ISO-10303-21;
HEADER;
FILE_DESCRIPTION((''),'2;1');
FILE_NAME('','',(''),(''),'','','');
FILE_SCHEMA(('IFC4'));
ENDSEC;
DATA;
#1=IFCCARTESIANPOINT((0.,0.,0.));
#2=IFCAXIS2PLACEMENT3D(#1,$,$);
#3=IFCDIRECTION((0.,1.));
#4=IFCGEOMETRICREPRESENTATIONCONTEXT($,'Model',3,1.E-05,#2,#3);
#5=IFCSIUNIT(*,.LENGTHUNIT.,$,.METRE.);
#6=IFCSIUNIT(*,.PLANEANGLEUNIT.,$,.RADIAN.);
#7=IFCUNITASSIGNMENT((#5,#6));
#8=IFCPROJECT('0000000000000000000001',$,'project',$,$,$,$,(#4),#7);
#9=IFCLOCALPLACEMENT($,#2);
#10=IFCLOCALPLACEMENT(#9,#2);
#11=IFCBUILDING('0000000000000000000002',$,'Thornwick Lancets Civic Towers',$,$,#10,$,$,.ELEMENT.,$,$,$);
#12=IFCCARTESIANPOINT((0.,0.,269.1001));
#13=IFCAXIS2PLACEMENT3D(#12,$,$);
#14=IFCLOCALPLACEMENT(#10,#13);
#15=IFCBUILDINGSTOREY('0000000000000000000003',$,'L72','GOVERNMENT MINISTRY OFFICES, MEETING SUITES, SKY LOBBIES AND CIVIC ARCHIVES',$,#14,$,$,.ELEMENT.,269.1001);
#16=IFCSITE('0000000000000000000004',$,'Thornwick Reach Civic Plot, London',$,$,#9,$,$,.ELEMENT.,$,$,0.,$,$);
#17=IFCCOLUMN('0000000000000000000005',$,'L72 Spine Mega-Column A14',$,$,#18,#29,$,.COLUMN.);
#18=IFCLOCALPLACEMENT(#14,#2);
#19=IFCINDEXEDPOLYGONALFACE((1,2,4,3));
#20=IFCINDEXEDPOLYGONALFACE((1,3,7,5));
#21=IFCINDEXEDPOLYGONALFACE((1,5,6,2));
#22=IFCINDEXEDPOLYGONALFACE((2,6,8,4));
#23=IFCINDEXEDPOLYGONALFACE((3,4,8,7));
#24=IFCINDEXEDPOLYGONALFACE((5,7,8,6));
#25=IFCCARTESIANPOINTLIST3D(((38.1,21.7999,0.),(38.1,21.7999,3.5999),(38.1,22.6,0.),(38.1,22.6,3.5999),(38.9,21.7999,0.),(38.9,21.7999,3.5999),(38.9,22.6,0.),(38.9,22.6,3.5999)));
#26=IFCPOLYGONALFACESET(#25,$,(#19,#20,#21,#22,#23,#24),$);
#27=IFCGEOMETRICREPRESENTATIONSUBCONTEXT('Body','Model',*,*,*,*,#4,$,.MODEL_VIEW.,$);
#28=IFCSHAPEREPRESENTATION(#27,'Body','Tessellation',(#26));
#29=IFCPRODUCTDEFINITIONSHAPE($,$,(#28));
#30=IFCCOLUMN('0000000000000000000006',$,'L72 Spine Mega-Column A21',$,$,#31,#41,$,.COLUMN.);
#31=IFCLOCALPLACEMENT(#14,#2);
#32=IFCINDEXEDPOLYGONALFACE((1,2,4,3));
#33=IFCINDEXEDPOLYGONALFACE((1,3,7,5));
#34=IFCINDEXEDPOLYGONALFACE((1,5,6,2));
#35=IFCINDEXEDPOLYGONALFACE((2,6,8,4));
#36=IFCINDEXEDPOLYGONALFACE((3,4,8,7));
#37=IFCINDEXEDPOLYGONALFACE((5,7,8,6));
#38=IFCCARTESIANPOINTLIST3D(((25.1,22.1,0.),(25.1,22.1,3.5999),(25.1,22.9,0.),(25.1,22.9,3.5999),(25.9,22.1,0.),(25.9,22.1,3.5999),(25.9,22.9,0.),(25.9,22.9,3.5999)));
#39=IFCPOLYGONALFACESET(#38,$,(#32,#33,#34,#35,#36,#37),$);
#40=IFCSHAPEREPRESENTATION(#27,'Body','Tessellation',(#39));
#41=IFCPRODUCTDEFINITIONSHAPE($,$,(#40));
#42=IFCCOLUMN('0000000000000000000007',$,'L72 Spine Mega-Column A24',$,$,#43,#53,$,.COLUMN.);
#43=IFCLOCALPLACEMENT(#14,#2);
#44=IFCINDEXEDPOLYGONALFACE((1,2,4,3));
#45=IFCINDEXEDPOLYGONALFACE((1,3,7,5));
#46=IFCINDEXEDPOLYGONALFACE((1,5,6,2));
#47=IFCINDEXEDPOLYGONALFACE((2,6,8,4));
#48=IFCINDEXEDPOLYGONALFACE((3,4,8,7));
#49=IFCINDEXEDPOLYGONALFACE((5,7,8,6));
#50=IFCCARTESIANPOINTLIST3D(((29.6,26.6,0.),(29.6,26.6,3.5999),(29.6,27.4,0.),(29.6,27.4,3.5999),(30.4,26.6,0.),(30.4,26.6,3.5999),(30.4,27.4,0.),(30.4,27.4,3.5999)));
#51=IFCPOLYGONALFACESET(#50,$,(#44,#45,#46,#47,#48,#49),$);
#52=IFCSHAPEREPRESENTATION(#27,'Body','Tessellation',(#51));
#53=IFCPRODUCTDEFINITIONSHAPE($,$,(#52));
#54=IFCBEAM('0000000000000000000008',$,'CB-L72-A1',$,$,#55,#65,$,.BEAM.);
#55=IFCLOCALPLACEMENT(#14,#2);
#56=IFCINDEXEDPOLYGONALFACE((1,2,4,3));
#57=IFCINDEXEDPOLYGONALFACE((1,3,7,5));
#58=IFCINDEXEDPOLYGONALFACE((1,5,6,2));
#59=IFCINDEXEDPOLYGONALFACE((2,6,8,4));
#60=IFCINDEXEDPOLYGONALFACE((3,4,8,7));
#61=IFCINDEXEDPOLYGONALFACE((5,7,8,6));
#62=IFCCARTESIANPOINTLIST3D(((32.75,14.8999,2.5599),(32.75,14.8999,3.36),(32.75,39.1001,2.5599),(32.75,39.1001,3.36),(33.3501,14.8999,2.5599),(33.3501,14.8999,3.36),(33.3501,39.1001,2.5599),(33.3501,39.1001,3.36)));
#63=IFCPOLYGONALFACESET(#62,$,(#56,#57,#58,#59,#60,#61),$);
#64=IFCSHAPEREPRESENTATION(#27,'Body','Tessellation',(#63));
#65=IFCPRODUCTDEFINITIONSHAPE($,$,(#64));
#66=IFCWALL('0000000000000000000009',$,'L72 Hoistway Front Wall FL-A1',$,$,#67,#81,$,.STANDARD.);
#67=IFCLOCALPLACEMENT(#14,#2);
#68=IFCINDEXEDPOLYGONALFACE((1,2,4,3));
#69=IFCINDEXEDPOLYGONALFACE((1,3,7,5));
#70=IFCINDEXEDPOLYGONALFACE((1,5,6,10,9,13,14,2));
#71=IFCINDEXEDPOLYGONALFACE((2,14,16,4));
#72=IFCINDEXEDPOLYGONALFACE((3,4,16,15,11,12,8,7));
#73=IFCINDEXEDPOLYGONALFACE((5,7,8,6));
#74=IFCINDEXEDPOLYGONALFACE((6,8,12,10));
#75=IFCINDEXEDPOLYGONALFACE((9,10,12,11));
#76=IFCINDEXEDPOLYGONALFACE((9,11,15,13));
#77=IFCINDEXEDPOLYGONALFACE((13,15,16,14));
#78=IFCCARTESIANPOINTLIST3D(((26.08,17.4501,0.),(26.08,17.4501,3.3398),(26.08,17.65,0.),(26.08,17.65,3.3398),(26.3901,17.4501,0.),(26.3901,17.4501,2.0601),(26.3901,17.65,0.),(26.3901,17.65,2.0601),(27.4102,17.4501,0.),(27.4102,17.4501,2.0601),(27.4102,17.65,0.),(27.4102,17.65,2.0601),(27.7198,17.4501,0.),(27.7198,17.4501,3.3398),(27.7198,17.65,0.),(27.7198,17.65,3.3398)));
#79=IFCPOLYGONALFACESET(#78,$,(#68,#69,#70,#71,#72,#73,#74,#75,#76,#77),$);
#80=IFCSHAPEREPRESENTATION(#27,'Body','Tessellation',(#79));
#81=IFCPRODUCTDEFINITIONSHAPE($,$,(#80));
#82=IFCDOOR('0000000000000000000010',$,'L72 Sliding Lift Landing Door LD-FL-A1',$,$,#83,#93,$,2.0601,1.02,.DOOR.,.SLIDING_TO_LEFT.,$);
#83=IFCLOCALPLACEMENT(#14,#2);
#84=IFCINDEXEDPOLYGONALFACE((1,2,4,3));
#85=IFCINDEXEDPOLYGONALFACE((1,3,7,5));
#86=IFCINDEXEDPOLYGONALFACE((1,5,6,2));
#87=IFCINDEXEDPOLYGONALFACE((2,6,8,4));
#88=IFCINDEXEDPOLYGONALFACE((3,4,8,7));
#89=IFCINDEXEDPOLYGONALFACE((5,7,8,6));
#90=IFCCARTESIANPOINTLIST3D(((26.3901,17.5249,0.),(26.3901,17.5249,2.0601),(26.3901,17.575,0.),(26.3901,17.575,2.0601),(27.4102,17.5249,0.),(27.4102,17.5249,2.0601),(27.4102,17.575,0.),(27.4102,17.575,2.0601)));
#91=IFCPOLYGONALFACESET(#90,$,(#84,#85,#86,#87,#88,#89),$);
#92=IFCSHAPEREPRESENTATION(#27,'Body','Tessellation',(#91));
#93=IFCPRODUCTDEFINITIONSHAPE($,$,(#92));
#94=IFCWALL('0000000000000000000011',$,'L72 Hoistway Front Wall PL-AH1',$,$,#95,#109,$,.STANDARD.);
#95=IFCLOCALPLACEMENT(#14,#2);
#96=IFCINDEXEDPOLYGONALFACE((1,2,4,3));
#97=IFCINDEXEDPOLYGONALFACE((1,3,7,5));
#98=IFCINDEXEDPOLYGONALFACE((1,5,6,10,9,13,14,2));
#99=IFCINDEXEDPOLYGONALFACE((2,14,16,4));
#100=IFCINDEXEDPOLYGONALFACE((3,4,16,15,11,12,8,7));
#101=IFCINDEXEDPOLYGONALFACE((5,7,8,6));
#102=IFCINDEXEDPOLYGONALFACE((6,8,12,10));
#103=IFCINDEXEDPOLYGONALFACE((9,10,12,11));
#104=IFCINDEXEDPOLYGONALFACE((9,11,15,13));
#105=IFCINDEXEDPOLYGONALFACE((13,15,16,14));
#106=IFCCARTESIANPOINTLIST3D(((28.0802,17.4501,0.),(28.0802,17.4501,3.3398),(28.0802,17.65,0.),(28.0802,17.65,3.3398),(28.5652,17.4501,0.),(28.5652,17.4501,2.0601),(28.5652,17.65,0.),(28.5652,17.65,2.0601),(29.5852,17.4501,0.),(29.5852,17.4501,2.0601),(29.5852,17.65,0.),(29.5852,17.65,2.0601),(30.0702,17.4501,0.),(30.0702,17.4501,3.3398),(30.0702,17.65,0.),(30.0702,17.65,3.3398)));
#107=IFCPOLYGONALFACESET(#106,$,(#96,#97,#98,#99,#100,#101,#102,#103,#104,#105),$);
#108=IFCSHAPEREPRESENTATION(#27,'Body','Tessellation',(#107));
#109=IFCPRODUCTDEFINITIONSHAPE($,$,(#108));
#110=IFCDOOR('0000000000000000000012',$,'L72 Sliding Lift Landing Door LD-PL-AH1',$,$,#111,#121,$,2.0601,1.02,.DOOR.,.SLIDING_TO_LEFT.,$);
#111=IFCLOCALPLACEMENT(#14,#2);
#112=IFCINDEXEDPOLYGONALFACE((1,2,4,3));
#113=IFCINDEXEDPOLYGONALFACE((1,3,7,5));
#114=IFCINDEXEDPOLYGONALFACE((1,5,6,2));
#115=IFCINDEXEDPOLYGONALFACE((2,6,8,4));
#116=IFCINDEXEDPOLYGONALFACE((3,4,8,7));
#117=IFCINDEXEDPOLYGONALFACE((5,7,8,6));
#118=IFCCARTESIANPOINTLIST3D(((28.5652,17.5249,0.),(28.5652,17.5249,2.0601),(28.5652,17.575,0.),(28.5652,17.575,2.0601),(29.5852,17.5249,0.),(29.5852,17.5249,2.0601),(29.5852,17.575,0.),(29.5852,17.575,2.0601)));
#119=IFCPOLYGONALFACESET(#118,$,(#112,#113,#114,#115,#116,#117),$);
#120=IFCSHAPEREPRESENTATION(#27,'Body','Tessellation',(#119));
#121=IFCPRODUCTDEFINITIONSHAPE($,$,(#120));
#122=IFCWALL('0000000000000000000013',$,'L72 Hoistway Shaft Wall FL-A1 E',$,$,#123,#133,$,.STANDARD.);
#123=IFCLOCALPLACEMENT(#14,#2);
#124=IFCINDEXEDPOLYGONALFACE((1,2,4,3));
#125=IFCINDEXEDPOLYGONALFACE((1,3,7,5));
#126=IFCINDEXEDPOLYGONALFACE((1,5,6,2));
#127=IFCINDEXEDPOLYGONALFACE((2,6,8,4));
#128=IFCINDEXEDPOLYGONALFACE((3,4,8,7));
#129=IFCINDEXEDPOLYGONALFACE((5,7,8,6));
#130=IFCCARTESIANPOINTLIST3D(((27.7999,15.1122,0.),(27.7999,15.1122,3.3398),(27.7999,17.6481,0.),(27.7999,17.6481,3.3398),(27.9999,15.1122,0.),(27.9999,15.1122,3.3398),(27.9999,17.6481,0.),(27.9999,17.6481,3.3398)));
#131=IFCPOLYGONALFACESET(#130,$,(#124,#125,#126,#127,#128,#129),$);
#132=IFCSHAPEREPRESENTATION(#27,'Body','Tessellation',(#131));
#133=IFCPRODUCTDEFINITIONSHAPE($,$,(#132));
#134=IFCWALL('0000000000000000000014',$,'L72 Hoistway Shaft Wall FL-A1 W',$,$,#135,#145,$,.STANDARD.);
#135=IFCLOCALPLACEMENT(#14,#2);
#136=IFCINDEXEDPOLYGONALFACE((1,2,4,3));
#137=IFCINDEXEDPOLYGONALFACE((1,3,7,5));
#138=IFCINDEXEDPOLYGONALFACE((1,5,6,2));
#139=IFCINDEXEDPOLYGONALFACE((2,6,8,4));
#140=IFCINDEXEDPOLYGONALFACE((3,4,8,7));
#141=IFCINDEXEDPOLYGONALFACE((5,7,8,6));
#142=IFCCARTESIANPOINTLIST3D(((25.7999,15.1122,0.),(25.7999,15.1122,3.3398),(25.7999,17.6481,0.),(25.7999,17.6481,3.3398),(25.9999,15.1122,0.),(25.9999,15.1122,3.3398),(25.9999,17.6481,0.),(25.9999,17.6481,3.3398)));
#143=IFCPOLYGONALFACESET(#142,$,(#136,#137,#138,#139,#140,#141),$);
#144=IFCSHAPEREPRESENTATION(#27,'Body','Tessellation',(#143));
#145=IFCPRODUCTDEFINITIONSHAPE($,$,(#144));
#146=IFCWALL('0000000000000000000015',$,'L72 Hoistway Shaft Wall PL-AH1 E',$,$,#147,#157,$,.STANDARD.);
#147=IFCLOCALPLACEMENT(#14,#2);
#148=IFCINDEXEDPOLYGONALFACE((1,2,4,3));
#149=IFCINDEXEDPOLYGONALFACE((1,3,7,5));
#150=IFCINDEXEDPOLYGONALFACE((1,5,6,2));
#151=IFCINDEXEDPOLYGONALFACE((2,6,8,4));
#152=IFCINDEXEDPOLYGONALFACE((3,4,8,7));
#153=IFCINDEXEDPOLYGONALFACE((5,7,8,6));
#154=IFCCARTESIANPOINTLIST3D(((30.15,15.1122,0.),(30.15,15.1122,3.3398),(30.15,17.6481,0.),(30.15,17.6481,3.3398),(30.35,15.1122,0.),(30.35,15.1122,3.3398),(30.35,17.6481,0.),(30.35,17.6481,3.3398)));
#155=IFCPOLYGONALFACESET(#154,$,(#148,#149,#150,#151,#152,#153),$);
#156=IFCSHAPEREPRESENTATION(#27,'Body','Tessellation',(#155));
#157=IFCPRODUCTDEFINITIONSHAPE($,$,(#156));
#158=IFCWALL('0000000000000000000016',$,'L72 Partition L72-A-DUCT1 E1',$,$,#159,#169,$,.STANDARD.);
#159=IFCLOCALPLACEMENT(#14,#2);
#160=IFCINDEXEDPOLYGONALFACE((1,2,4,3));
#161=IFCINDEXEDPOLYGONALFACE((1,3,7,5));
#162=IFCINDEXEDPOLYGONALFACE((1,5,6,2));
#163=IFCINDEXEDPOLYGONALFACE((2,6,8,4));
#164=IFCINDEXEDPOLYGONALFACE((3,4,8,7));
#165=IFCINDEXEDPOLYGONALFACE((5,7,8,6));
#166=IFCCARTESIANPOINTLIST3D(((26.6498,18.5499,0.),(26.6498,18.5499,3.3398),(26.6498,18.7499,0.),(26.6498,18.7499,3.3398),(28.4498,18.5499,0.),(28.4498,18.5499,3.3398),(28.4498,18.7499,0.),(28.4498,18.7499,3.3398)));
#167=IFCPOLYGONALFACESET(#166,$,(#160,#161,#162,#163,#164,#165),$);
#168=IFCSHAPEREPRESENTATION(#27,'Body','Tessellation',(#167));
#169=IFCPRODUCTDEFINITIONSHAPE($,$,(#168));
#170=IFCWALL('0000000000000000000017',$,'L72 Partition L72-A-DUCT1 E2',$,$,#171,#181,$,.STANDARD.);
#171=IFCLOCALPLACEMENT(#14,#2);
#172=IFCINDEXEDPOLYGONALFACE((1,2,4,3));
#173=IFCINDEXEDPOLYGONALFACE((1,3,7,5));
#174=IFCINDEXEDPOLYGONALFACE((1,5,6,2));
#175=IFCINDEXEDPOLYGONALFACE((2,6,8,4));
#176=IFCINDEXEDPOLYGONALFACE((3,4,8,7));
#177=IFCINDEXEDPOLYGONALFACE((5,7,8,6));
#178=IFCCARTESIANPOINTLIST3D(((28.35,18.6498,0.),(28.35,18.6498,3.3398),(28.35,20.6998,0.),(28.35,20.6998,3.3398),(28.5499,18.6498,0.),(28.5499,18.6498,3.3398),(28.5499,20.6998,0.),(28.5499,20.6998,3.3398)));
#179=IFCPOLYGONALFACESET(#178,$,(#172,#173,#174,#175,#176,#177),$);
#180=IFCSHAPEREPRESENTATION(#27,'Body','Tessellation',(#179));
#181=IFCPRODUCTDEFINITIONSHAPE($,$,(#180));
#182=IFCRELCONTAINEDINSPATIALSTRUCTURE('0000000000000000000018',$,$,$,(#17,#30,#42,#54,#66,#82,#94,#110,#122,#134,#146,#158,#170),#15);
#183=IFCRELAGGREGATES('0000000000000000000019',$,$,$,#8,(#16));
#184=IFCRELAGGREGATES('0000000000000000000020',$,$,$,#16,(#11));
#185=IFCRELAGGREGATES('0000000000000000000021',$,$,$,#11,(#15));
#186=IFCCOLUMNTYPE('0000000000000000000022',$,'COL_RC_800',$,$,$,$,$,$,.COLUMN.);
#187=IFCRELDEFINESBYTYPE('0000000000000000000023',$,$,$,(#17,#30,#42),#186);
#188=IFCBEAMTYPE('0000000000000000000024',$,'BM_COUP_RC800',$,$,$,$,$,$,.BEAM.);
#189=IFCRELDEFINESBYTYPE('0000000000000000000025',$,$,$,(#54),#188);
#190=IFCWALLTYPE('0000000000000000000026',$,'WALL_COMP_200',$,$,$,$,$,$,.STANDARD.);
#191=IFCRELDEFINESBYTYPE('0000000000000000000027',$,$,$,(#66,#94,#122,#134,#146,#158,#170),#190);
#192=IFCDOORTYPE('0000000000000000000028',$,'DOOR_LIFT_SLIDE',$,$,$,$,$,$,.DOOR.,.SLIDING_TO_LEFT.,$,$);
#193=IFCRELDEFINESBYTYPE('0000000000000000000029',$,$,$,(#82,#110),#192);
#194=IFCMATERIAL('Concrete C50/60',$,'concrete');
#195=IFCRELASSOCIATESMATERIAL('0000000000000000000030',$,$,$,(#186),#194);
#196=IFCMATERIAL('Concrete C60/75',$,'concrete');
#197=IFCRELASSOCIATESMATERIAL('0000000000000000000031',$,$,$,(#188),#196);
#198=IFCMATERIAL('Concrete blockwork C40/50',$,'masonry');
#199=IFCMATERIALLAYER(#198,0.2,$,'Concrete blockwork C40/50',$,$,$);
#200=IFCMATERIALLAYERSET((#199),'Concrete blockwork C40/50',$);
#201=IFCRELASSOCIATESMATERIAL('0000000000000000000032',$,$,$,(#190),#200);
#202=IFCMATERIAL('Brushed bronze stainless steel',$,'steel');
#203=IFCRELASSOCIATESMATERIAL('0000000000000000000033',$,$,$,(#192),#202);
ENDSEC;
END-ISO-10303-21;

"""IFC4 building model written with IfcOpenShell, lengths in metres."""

from ifc_helpers import new_model, si_unit, direction, frame, frame_2d, origin, origin_2d, place, context, subcontext, project, spatial, rectangle, extrude, material, layer, layer_set, material_profile, profile_set, type_object, element, fill, save


model = new_model("IFC4")

# Units and contexts
model_context = context("Model", 3, precision=1e-05, world=origin(), true_north=direction((0.0, 1.0)))
body_context = subcontext(model_context, "Body", "Model", "MODEL_VIEW")
ifc_project = project(units=[si_unit("LENGTHUNIT", "METRE"), si_unit("PLANEANGLEUNIT", "RADIAN")], contexts=[model_context])

# Site, building, storey
site_placement = place(None, origin())
site = spatial("IfcSite", under=ifc_project, at=site_placement, Name="Thornwick Reach Civic Plot, London", CompositionType="ELEMENT", RefElevation=0.0)
building_placement = place(site_placement, origin())
building = spatial("IfcBuilding", under=site, at=building_placement, Name="Thornwick Lancets Civic Towers", CompositionType="ELEMENT")
storey_placement = place(building_placement, frame((0.0, 0.0, 269.1001)))
storey = spatial("IfcBuildingStorey", under=building, at=storey_placement, Name="L72", Description="GOVERNMENT MINISTRY OFFICES, MEETING SUITES, SKY LOBBIES AND CIVIC ARCHIVES", CompositionType="ELEMENT", Elevation=269.1001)

# Columns
ifc_material_1 = material(Name="Concrete C50/60", Category="concrete")
ifc_material_profile_1 = material_profile(ifc_material_1, rectangle(XDim=0.8, YDim=0.8, at=origin_2d()), Name="RC 800x800")
ifc_profile_set_1 = profile_set([ifc_material_profile_1], Name="Concrete C50/60")
column_type = type_object("IfcColumnType", Name="COL_RC_800", PredefinedType="COLUMN", material=ifc_profile_set_1)
for number, where, z_axis, x_axis, name in (
    (1, (38.5, 22.2, 0.0), (0.0, 0.0, 1.0), (1.0, 0.0, 0.0), "L72 Spine Mega-Column A14"),
    (2, (25.5, 22.5, 0.0), (0.0, 0.0, 1.0), (1.0, 0.0, 0.0), "L72 Spine Mega-Column A21"),
    (3, (30.0, 27.0, 0.0), (0.0, 0.0, 1.0), (1.0, 0.0, 0.0), "L72 Spine Mega-Column A24"),
):
    element("IfcColumn", number, at=place(storey_placement, frame(where, z_axis=z_axis, x_axis=x_axis)), inside=storey, type_object=column_type, Name=name, PredefinedType="COLUMN", context=body_context, shape_type="SweptSolid", body=[
        extrude(rectangle(XDim=0.8, YDim=0.8, at=origin_2d()), origin(), (0.0, 0.0, 1.0), 3.5999),
    ])

# Beam
ifc_material_2 = material(Name="Concrete C60/75", Category="concrete")
ifc_material_profile_2 = material_profile(ifc_material_2, rectangle(XDim=0.6001, YDim=0.8, at=origin_2d()), Name="RC 600x800")
ifc_profile_set_2 = profile_set([ifc_material_profile_2], Name="Concrete C60/75")
beam_type = type_object("IfcBeamType", Name="BM_COUP_RC800", PredefinedType="BEAM", material=ifc_profile_set_2)
beam_placement = place(storey_placement, frame((33.05, 14.8999, 2.96), z_axis=(0.0, 1.0, 0.0), x_axis=(-1.0, 0.0, 0.0)))
element("IfcBeam", 4, at=beam_placement, inside=storey, type_object=beam_type, Name="CB-L72-A1", PredefinedType="BEAM", context=body_context, shape_type="SweptSolid", body=[
    extrude(rectangle(XDim=0.6001, YDim=0.8, at=origin_2d()), origin(), (0.0, 0.0, 1.0), 24.2002),
])

# Walls, openings, doors
ifc_material_3 = material(Name="Concrete blockwork C40/50", Category="masonry")
ifc_layer_1 = layer(ifc_material_3, 0.2, Name="Concrete blockwork C40/50")
ifc_layer_set_1 = layer_set([ifc_layer_1], Name="Concrete blockwork C40/50")
wall_type_1 = type_object("IfcWallType", Name="WALL_COMP_200", PredefinedType="STANDARD", material=ifc_layer_set_1)
wall_1_placement = place(storey_placement, frame((26.0801, 17.55, 0.0), z_axis=(0.0, 0.0, 1.0), x_axis=(1.0, 0.0, 0.0)))
wall_1 = element("IfcWall", 5, at=wall_1_placement, inside=storey, type_object=wall_type_1, Name="L72 Hoistway Front Wall FL-A1", PredefinedType="STANDARD", context=body_context, shape_type="SweptSolid", body=[
    extrude(rectangle(XDim=1.6399, YDim=0.2, at=frame_2d((0.8198, 0.0))), origin(), (0.0, 0.0, 1.0), 3.3398),
])
opening_1_placement = place(wall_1_placement, frame((0.3101, 0.0, 0.0)))
opening_1 = element("IfcOpeningElement", 6, at=opening_1_placement, cuts=wall_1, PredefinedType="OPENING", context=body_context, shape_type="SweptSolid", body=[
    extrude(rectangle(XDim=1.02, YDim=2.0601, at=frame_2d((0.51, 1.03))), frame((0.0, 0.1099, 0.0), z_axis=(0.0, -1.0, 0.0), x_axis=(1.0, 0.0, 0.0)), (0.0, 0.0, 1.0), 0.22),
])
ifc_material_4 = material(Name="Brushed bronze stainless steel", Category="steel")
door_type_1 = type_object("IfcDoorType", Name="DOOR_LIFT_SLIDE", OperationType="SLIDING_TO_LEFT", PredefinedType="DOOR", material=ifc_material_4)
door_1_placement = place(opening_1_placement, origin())
door_1 = element("IfcDoor", 7, at=door_1_placement, inside=storey, type_object=door_type_1, Name="L72 Sliding Lift Landing Door LD-FL-A1", OperationType="SLIDING_TO_LEFT", OverallHeight=2.0601, OverallWidth=1.02, PredefinedType="DOOR", context=body_context, shape_type="SweptSolid", body=[
    extrude(rectangle(XDim=1.02, YDim=2.0601, at=frame_2d((0.51, 1.03))), frame((0.0, 0.0249, 0.0), z_axis=(0.0, -1.0, 0.0), x_axis=(1.0, 0.0, 0.0)), (0.0, 0.0, 1.0), 0.05),
])
fill(opening_1, door_1)
wall_2_placement = place(storey_placement, frame((28.0801, 17.55, 0.0), z_axis=(0.0, 0.0, 1.0), x_axis=(1.0, 0.0, 0.0)))
wall_2 = element("IfcWall", 8, at=wall_2_placement, inside=storey, type_object=wall_type_1, Name="L72 Hoistway Front Wall PL-AH1", PredefinedType="STANDARD", context=body_context, shape_type="SweptSolid", body=[
    extrude(rectangle(XDim=1.99, YDim=0.2, at=frame_2d((0.9951, 0.0))), origin(), (0.0, 0.0, 1.0), 3.3398),
])
opening_2_placement = place(wall_2_placement, frame((0.4851, 0.0, 0.0)))
opening_2 = element("IfcOpeningElement", 9, at=opening_2_placement, cuts=wall_2, PredefinedType="OPENING", context=body_context, shape_type="SweptSolid", body=[
    extrude(rectangle(XDim=1.02, YDim=2.0601, at=frame_2d((0.51, 1.03))), frame((0.0, 0.1099, 0.0), z_axis=(0.0, -1.0, 0.0), x_axis=(1.0, 0.0, 0.0)), (0.0, 0.0, 1.0), 0.22),
])
door_2_placement = place(opening_2_placement, origin())
door_2 = element("IfcDoor", 10, at=door_2_placement, inside=storey, type_object=door_type_1, Name="L72 Sliding Lift Landing Door LD-PL-AH1", OperationType="SLIDING_TO_LEFT", OverallHeight=2.0601, OverallWidth=1.02, PredefinedType="DOOR", context=body_context, shape_type="SweptSolid", body=[
    extrude(rectangle(XDim=1.02, YDim=2.0601, at=frame_2d((0.51, 1.03))), frame((0.0, 0.0249, 0.0), z_axis=(0.0, -1.0, 0.0), x_axis=(1.0, 0.0, 0.0)), (0.0, 0.0, 1.0), 0.05),
])
fill(opening_2, door_2)

# Walls
for number, where, z_axis, x_axis, name in (
    (11, (27.8999, 15.1121, 0.0), (0.0, 0.0, 1.0), (0.0, 1.0, 0.0), "L72 Hoistway Shaft Wall FL-A1 E"),
    (12, (25.8999, 15.1121, 0.0), (0.0, 0.0, 1.0), (0.0, 1.0, 0.0), "L72 Hoistway Shaft Wall FL-A1 W"),
    (13, (30.25, 15.1121, 0.0), (0.0, 0.0, 1.0), (0.0, 1.0, 0.0), "L72 Hoistway Shaft Wall PL-AH1 E"),
):
    element("IfcWall", number, at=place(storey_placement, frame(where, z_axis=z_axis, x_axis=x_axis)), inside=storey, type_object=wall_type_1, Name=name, PredefinedType="STANDARD", context=body_context, shape_type="SweptSolid", body=[
        extrude(rectangle(XDim=2.5359, YDim=0.2, at=frame_2d((1.2681, 0.0))), origin(), (0.0, 0.0, 1.0), 3.3398),
    ])
wall_3_placement = place(storey_placement, frame((26.6499, 18.6499, 0.0), z_axis=(0.0, 0.0, 1.0), x_axis=(1.0, 0.0, 0.0)))
element("IfcWall", 14, at=wall_3_placement, inside=storey, type_object=wall_type_1, Name="L72 Partition L72-A-DUCT1 E1", PredefinedType="STANDARD", context=body_context, shape_type="SweptSolid", body=[
    extrude(rectangle(XDim=1.8, YDim=0.2, at=frame_2d((0.8999, 0.0))), origin(), (0.0, 0.0, 1.0), 3.3398),
])
wall_4_placement = place(storey_placement, frame((28.45, 18.6499, 0.0), z_axis=(0.0, 0.0, 1.0), x_axis=(0.0, 1.0, 0.0)))
element("IfcWall", 15, at=wall_4_placement, inside=storey, type_object=wall_type_1, Name="L72 Partition L72-A-DUCT1 E2", PredefinedType="STANDARD", context=body_context, shape_type="SweptSolid", body=[
    extrude(rectangle(XDim=2.05, YDim=0.2, at=frame_2d((1.0249, 0.0))), origin(), (0.0, 0.0, 1.0), 3.3398),
])

save(model, "model.ifc")
